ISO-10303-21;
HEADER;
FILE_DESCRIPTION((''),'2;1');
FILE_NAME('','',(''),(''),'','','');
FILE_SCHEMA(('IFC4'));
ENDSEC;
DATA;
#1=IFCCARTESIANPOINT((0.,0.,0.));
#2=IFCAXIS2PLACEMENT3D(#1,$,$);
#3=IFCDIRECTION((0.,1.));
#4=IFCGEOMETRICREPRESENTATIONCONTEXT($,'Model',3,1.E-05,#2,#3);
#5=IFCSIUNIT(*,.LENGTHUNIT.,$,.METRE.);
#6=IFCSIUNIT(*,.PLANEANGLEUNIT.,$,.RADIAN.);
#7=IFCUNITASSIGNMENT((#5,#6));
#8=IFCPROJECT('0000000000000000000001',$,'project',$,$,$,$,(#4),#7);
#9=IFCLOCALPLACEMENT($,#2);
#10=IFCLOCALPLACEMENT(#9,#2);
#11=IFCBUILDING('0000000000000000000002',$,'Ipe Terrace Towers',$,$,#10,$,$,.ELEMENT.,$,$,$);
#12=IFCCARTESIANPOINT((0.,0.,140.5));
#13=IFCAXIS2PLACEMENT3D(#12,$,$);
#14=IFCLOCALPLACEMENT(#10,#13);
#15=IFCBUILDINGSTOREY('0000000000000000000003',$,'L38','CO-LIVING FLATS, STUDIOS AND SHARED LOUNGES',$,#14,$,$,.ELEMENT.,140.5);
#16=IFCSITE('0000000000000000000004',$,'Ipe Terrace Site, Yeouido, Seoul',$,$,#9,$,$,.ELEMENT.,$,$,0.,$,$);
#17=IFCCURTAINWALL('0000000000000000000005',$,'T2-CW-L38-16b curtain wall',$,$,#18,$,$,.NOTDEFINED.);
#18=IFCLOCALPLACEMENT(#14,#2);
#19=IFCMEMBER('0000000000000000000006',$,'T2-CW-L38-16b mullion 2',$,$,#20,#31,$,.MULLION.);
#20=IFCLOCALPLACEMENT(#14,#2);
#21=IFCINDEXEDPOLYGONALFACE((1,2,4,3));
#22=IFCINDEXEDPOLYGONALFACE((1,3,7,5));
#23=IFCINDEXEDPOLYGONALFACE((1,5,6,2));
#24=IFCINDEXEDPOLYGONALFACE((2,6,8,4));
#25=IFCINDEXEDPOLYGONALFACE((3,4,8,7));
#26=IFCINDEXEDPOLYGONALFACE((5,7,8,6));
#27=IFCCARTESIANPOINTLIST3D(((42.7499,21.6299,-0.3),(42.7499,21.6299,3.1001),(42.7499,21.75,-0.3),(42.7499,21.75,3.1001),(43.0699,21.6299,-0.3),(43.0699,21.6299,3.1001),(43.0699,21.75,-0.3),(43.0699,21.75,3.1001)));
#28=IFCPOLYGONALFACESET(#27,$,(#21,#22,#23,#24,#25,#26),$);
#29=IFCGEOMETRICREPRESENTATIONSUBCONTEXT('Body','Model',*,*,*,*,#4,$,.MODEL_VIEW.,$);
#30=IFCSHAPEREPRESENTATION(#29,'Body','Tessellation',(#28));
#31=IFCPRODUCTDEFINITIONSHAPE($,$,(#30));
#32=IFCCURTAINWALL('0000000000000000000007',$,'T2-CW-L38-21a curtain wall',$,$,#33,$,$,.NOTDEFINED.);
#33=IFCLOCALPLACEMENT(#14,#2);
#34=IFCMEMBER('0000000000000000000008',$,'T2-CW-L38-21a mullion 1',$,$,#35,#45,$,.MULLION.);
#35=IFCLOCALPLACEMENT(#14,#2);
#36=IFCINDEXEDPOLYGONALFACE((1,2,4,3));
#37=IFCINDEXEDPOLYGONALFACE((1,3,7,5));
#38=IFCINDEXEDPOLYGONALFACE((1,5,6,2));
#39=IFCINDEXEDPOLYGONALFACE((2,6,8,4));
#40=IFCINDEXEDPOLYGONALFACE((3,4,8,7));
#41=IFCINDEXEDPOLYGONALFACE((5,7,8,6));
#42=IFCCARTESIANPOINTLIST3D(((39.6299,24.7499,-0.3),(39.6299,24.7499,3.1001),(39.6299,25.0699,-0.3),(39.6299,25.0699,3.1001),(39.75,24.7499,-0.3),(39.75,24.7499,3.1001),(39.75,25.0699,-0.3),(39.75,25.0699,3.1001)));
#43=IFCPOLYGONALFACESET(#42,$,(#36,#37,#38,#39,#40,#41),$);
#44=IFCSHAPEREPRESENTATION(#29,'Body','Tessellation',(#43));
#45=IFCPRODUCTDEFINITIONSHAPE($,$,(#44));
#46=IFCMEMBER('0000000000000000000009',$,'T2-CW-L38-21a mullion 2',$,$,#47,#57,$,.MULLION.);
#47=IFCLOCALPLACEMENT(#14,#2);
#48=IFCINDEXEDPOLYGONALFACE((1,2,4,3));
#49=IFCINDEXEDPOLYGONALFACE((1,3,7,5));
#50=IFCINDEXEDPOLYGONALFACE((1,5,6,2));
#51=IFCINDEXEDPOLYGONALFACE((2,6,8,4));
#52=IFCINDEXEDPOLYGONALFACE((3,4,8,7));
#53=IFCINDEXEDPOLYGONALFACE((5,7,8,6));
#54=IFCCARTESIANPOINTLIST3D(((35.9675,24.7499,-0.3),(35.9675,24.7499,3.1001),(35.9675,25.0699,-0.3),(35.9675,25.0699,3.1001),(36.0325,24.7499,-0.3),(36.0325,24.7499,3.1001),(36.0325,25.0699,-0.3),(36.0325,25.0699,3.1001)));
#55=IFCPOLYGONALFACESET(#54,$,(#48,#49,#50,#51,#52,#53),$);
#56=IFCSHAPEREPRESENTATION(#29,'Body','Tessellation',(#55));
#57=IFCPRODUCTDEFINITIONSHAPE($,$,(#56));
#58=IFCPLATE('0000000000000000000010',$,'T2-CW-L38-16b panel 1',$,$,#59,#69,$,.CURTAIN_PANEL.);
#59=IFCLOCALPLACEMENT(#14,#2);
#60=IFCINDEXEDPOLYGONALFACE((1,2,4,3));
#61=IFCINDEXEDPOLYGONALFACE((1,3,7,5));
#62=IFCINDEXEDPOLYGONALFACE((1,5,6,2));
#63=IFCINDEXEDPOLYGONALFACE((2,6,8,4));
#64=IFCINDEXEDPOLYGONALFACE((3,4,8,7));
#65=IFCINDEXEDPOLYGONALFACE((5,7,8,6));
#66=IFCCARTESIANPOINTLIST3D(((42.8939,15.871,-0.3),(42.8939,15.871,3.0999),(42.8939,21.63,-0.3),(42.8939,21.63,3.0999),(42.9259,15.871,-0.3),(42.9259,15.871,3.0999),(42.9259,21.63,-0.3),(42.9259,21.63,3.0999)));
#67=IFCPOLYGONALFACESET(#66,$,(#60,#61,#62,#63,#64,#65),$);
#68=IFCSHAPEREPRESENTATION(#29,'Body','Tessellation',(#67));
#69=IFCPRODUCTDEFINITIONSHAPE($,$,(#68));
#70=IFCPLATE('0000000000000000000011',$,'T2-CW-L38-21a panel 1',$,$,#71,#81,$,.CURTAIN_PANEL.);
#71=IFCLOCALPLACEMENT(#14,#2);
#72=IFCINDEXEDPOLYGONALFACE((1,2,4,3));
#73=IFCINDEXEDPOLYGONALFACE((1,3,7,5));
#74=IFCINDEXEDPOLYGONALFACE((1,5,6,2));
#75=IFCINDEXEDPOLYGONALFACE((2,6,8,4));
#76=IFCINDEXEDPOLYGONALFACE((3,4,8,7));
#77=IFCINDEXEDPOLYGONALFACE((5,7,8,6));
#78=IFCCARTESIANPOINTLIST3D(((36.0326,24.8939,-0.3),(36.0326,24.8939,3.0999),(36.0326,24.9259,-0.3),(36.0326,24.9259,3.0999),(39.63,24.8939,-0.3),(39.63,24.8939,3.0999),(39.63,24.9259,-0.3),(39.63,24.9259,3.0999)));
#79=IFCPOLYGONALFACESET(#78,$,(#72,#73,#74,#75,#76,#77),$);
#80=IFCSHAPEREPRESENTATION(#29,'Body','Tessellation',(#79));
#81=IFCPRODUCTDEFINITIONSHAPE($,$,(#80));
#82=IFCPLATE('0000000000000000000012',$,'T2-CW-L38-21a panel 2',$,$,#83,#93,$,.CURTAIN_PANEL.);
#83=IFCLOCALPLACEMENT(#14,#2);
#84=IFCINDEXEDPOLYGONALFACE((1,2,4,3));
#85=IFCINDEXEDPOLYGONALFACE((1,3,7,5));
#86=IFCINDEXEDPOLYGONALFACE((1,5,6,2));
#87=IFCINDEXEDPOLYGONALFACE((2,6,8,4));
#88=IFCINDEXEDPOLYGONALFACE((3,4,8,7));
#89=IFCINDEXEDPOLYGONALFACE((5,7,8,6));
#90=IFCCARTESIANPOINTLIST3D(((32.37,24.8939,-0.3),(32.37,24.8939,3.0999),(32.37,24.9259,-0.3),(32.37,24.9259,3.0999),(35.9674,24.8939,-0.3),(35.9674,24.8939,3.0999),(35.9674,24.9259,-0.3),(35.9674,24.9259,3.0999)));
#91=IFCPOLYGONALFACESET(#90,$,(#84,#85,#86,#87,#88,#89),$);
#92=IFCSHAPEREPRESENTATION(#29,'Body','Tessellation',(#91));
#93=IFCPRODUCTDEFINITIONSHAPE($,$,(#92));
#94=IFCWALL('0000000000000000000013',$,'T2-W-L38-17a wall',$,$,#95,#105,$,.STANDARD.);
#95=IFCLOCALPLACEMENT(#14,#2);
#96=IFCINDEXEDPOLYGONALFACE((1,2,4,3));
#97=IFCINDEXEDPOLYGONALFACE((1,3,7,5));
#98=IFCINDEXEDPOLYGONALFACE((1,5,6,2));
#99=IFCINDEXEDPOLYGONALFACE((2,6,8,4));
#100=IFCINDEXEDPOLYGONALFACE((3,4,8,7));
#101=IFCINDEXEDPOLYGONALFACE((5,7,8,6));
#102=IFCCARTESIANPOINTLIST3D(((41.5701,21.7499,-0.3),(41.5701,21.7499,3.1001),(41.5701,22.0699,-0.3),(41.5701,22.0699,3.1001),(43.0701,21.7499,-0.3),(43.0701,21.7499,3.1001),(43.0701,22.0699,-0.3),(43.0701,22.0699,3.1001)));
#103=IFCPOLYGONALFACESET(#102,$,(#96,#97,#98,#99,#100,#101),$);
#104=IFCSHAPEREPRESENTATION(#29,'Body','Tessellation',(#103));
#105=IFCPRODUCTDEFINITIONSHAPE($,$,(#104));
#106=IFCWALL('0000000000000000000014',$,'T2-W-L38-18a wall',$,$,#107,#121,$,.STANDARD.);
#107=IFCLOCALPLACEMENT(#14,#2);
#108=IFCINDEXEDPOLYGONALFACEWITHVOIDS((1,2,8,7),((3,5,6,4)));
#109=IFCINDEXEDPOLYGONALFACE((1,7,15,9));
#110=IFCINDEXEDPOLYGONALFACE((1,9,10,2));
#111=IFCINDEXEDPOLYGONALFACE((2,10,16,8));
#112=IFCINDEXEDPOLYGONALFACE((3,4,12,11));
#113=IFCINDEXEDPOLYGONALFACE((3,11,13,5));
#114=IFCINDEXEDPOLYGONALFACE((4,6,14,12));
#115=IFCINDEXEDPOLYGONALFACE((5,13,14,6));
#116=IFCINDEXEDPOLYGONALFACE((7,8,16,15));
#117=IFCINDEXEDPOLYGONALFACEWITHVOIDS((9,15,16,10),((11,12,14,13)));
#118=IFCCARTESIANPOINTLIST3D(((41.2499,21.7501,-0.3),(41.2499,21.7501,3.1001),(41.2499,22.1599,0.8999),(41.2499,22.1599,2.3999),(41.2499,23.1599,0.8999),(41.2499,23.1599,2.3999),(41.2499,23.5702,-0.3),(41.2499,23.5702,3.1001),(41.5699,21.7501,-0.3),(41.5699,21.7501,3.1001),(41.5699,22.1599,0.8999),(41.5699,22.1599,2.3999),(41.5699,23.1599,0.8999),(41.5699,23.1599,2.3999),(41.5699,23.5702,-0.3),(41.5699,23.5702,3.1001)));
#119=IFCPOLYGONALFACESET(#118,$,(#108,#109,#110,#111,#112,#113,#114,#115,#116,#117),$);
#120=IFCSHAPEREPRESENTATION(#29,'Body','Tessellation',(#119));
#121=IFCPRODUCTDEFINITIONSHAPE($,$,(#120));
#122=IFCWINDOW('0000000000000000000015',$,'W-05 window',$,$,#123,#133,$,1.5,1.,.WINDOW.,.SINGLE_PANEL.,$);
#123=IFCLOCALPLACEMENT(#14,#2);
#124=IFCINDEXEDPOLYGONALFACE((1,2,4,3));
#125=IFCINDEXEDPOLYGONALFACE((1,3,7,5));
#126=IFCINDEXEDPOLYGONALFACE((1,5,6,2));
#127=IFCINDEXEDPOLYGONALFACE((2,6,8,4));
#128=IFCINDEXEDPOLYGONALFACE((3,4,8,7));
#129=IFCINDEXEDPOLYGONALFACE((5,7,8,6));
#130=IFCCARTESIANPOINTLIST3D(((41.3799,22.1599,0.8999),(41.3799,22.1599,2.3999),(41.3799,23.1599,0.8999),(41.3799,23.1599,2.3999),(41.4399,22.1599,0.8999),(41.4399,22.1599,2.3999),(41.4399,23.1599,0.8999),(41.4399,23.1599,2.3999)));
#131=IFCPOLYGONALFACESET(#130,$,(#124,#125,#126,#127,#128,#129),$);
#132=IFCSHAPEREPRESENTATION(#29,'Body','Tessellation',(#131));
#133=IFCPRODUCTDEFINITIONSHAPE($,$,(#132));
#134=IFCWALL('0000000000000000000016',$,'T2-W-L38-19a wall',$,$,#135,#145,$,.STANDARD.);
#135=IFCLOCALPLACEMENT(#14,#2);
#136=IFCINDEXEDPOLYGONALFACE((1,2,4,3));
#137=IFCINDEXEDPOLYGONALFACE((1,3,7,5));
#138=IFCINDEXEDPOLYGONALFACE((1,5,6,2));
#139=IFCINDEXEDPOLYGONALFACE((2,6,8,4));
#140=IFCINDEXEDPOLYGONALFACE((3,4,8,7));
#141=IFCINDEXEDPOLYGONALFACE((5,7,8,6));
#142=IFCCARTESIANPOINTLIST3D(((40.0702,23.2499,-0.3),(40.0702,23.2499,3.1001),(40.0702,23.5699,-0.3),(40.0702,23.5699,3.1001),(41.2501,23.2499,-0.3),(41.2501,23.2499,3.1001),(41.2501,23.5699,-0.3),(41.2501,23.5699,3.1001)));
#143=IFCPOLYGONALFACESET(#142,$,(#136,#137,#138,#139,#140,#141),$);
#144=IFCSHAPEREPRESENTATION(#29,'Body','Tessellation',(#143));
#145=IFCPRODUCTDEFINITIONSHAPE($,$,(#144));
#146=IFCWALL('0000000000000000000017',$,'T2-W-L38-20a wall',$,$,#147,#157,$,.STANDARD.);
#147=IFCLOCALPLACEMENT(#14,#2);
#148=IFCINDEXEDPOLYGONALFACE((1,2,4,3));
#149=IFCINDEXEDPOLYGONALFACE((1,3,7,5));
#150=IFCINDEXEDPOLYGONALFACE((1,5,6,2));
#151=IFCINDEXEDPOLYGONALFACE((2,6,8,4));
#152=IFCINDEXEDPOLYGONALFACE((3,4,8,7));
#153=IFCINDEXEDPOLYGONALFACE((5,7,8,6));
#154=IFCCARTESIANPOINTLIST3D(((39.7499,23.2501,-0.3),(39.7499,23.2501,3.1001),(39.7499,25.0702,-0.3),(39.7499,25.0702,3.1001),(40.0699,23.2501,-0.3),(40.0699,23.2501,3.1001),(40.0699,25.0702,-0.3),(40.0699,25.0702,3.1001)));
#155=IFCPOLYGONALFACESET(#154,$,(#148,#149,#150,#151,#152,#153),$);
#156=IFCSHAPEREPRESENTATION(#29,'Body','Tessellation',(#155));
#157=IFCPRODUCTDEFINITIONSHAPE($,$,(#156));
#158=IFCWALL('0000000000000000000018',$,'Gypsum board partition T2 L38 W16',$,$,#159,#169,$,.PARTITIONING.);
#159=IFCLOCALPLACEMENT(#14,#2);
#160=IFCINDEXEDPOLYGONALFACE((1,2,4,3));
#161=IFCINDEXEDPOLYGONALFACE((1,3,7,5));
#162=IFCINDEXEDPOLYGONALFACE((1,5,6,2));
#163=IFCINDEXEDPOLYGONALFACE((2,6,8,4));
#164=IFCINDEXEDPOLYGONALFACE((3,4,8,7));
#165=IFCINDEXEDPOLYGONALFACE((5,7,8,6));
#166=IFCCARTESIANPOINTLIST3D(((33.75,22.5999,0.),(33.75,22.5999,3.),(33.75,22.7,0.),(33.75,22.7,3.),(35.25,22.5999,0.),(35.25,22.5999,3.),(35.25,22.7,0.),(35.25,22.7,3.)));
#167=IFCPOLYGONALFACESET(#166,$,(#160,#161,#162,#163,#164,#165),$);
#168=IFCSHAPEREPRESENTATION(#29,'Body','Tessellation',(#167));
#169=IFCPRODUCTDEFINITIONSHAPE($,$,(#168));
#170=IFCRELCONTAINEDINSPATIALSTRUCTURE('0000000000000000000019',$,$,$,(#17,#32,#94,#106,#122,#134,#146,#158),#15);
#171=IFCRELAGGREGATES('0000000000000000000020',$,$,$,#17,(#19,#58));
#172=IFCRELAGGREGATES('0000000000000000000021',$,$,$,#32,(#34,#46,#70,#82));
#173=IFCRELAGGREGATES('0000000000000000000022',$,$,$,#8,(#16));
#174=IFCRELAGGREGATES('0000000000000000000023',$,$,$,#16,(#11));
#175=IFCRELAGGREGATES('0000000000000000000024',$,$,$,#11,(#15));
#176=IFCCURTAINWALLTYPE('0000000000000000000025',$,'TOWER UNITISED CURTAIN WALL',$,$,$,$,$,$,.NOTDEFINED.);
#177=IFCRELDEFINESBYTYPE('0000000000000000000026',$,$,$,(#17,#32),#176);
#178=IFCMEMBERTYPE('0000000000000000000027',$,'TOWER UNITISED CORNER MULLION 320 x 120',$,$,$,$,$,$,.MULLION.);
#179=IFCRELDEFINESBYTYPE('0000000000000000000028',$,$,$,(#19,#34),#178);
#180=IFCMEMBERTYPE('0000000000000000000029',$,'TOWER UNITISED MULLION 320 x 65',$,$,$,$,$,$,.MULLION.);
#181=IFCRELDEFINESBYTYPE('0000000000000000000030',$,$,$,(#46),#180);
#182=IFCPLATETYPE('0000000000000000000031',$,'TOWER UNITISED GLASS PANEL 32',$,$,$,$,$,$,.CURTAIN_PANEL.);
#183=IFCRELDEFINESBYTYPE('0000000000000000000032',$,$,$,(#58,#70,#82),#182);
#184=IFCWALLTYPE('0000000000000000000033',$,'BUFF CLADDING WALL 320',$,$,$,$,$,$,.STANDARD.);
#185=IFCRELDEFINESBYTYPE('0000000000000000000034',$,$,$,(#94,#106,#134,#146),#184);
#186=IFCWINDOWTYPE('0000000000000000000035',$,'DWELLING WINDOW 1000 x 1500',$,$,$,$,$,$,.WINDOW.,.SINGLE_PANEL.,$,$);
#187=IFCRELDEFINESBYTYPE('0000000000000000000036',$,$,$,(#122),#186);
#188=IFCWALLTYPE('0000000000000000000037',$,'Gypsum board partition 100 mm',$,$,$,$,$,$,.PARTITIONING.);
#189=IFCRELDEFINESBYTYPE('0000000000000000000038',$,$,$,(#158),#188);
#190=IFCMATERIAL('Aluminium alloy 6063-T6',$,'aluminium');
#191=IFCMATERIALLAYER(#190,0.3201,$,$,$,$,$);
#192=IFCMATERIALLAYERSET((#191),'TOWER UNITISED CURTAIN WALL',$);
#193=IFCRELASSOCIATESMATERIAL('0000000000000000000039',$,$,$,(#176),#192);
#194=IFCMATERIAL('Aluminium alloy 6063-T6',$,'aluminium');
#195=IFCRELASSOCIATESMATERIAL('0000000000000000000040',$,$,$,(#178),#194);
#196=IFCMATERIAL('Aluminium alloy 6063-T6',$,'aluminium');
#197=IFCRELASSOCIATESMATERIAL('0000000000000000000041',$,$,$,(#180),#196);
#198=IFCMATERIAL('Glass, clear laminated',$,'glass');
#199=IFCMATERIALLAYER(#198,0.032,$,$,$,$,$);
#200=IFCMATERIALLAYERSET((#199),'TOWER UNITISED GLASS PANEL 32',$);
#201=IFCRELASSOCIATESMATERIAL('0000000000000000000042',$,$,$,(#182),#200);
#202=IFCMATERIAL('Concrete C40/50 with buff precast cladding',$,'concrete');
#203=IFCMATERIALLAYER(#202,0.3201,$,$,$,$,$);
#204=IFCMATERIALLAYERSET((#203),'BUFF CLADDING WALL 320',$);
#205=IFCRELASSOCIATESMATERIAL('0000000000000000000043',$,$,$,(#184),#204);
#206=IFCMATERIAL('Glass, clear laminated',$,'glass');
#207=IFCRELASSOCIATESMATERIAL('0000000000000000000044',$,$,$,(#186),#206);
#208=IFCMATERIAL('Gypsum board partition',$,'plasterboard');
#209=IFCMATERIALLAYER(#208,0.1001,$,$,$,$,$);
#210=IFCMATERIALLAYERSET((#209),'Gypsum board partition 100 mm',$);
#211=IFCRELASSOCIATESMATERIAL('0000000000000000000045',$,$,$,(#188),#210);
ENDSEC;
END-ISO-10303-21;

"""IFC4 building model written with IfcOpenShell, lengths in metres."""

from ifc_helpers import new_model, si_unit, direction, frame, frame_2d, origin, origin_2d, place, context, subcontext, project, spatial, rectangle, extrude, material, layer, layer_set, material_profile, profile_set, type_object, element, fill, aggregate, save


model = new_model("IFC4")

# Units and contexts
model_context = context("Model", 3, precision=1e-05, world=origin(), true_north=direction((0.0, 1.0)))
body_context = subcontext(model_context, "Body", "Model", "MODEL_VIEW")
ifc_project = project(units=[si_unit("LENGTHUNIT", "METRE"), si_unit("PLANEANGLEUNIT", "RADIAN")], contexts=[model_context])

# Site, building, storey
site_placement = place(None, origin())
site = spatial("IfcSite", under=ifc_project, at=site_placement, Name="Ipe Terrace Site, Yeouido, Seoul", CompositionType="ELEMENT", RefElevation=0.0)
building_placement = place(site_placement, origin())
building = spatial("IfcBuilding", under=site, at=building_placement, Name="Ipe Terrace Towers", CompositionType="ELEMENT")
storey_placement = place(building_placement, frame((0.0, 0.0, 140.5)))
storey = spatial("IfcBuildingStorey", under=building, at=storey_placement, Name="L38", Description="CO-LIVING FLATS, STUDIOS AND SHARED LOUNGES", CompositionType="ELEMENT", Elevation=140.5)

# Curtain walls, members
ifc_material_1 = material(Name="Aluminium alloy 6063-T6", Category="aluminium")
ifc_layer_1 = layer(ifc_material_1, 0.3201)
ifc_layer_set_1 = layer_set([ifc_layer_1], Name="TOWER UNITISED CURTAIN WALL")
curtain_wall_type = type_object("IfcCurtainWallType", Name="TOWER UNITISED CURTAIN WALL", PredefinedType="NOTDEFINED", material=ifc_layer_set_1)
curtain_wall_1_placement = place(storey_placement, origin())
curtain_wall_1 = element("IfcCurtainWall", 1, at=curtain_wall_1_placement, inside=storey, type_object=curtain_wall_type, Name="T2-CW-L38-16b curtain wall", PredefinedType="NOTDEFINED")
ifc_material_2 = material(Name="Aluminium alloy 6063-T6", Category="aluminium")
ifc_material_profile_1 = material_profile(ifc_material_2, rectangle(XDim=0.3201, YDim=0.1201, at=origin_2d()), Name="TOWER UNITISED CORNER MULLION 320 x 120")
ifc_profile_set_1 = profile_set([ifc_material_profile_1], Name="Aluminium alloy 6063-T6")
member_type_1 = type_object("IfcMemberType", Name="TOWER UNITISED CORNER MULLION 320 x 120", PredefinedType="MULLION", material=ifc_profile_set_1)
member_1_placement = place(storey_placement, frame((42.9099, 21.6899, -0.3), z_axis=(0.0, 0.0, 1.0), x_axis=(1.0, 0.0, 0.0)))
member_1 = element("IfcMember", 2, at=member_1_placement, type_object=member_type_1, Name="T2-CW-L38-16b mullion 2", PredefinedType="MULLION", context=body_context, shape_type="SweptSolid", body=[
    extrude(rectangle(XDim=0.3201, YDim=0.1201, at=origin_2d()), origin(), (0.0, 0.0, 1.0), 3.4001),
])
curtain_wall_2_placement = place(storey_placement, origin())
curtain_wall_2 = element("IfcCurtainWall", 3, at=curtain_wall_2_placement, inside=storey, type_object=curtain_wall_type, Name="T2-CW-L38-21a curtain wall", PredefinedType="NOTDEFINED")
member_2_placement = place(storey_placement, frame((39.6899, 24.9099, -0.3), z_axis=(0.0, 0.0, 1.0), x_axis=(0.0, 1.0, 0.0)))
member_2 = element("IfcMember", 4, at=member_2_placement, type_object=member_type_1, Name="T2-CW-L38-21a mullion 1", PredefinedType="MULLION", context=body_context, shape_type="SweptSolid", body=[
    extrude(rectangle(XDim=0.3201, YDim=0.1201, at=origin_2d()), origin(), (0.0, 0.0, 1.0), 3.4001),
])
ifc_material_3 = material(Name="Aluminium alloy 6063-T6", Category="aluminium")
ifc_material_profile_2 = material_profile(ifc_material_3, rectangle(XDim=0.3201, YDim=0.0649, at=origin_2d()), Name="TOWER UNITISED MULLION 320 x 65")
ifc_profile_set_2 = profile_set([ifc_material_profile_2], Name="Aluminium alloy 6063-T6")
member_type_2 = type_object("IfcMemberType", Name="TOWER UNITISED MULLION 320 x 65", PredefinedType="MULLION", material=ifc_profile_set_2)
member_3_placement = place(storey_placement, frame((36.0, 24.9099, -0.3), z_axis=(0.0, 0.0, 1.0), x_axis=(0.0, 1.0, 0.0)))
member_3 = element("IfcMember", 5, at=member_3_placement, type_object=member_type_2, Name="T2-CW-L38-21a mullion 2", PredefinedType="MULLION", context=body_context, shape_type="SweptSolid", body=[
    extrude(rectangle(XDim=0.3201, YDim=0.0649, at=origin_2d()), origin(), (0.0, 0.0, 1.0), 3.4001),
])

# Plates
ifc_material_4 = material(Name="Glass, clear laminated", Category="glass")
ifc_layer_2 = layer(ifc_material_4, 0.032)
ifc_layer_set_2 = layer_set([ifc_layer_2], Name="TOWER UNITISED GLASS PANEL 32")
plate_type = type_object("IfcPlateType", Name="TOWER UNITISED GLASS PANEL 32", PredefinedType="CURTAIN_PANEL", material=ifc_layer_set_2)
plate_1_placement = place(storey_placement, frame((42.9099, 18.7505, -0.3), z_axis=(0.0, 0.0, 1.0), x_axis=(0.0, 1.0, 0.0)))
plate_1 = element("IfcPlate", 6, at=plate_1_placement, type_object=plate_type, Name="T2-CW-L38-16b panel 1", PredefinedType="CURTAIN_PANEL", context=body_context, shape_type="SweptSolid", body=[
    extrude(rectangle(XDim=5.759, YDim=0.032, at=origin_2d()), origin(), (0.0, 0.0, 1.0), 3.3999),
])
aggregate(curtain_wall_1, [member_1, plate_1])
plate_2_placement = place(storey_placement, frame((37.8313, 24.9099, -0.3), z_axis=(0.0, 0.0, 1.0), x_axis=(-1.0, 0.0, 0.0)))
plate_2 = element("IfcPlate", 7, at=plate_2_placement, type_object=plate_type, Name="T2-CW-L38-21a panel 1", PredefinedType="CURTAIN_PANEL", context=body_context, shape_type="SweptSolid", body=[
    extrude(rectangle(XDim=3.5974, YDim=0.032, at=origin_2d()), origin(), (0.0, 0.0, 1.0), 3.3999),
])
plate_3_placement = place(storey_placement, frame((34.1687, 24.9099, -0.3), z_axis=(0.0, 0.0, 1.0), x_axis=(-1.0, 0.0, 0.0)))
plate_3 = element("IfcPlate", 8, at=plate_3_placement, type_object=plate_type, Name="T2-CW-L38-21a panel 2", PredefinedType="CURTAIN_PANEL", context=body_context, shape_type="SweptSolid", body=[
    extrude(rectangle(XDim=3.5974, YDim=0.032, at=origin_2d()), origin(), (0.0, 0.0, 1.0), 3.3999),
])
aggregate(curtain_wall_2, [member_2, member_3, plate_2, plate_3])

# Wall
ifc_material_5 = material(Name="Concrete C40/50 with buff precast cladding", Category="concrete")
ifc_layer_3 = layer(ifc_material_5, 0.3201)
ifc_layer_set_3 = layer_set([ifc_layer_3], Name="BUFF CLADDING WALL 320")
wall_type_1 = type_object("IfcWallType", Name="BUFF CLADDING WALL 320", PredefinedType="STANDARD", material=ifc_layer_set_3)
wall_1_placement = place(storey_placement, frame((43.0701, 21.9099, -0.3), z_axis=(0.0, 0.0, 1.0), x_axis=(-1.0, 0.0, 0.0)))
element("IfcWall", 9, at=wall_1_placement, inside=storey, type_object=wall_type_1, Name="T2-W-L38-17a wall", PredefinedType="STANDARD", context=body_context, shape_type="SweptSolid", body=[
    extrude(rectangle(XDim=1.5, YDim=0.3201, at=frame_2d((0.75, 0.0))), origin(), (0.0, 0.0, 1.0), 3.4001),
])

# Wall, opening, window
wall_2_placement = place(storey_placement, frame((41.4099, 21.75, -0.3), z_axis=(0.0, 0.0, 1.0), x_axis=(0.0, 1.0, 0.0)))
wall_2 = element("IfcWall", 10, at=wall_2_placement, inside=storey, type_object=wall_type_1, Name="T2-W-L38-18a wall", PredefinedType="STANDARD", context=body_context, shape_type="SweptSolid", body=[
    extrude(rectangle(XDim=1.8201, YDim=0.3201, at=frame_2d((0.9102, 0.0))), origin(), (0.0, 0.0, 1.0), 3.4001),
])
opening_1_placement = place(wall_2_placement, frame((0.4099, 0.0, 1.2)))
opening_1 = element("IfcOpeningElement", 11, at=opening_1_placement, cuts=wall_2, PredefinedType="OPENING", context=body_context, shape_type="SweptSolid", body=[
    extrude(rectangle(XDim=1.0, YDim=1.5, at=frame_2d((0.5, 0.75))), frame((0.0, 0.1699, 0.0), z_axis=(0.0, -1.0, 0.0), x_axis=(1.0, 0.0, 0.0)), (0.0, 0.0, 1.0), 0.3401),
])
ifc_material_6 = material(Name="Glass, clear laminated", Category="glass")
window_type = type_object("IfcWindowType", Name="DWELLING WINDOW 1000 x 1500", PartitioningType="SINGLE_PANEL", PredefinedType="WINDOW", material=ifc_material_6)
window_placement = place(opening_1_placement, origin())
window = element("IfcWindow", 12, at=window_placement, inside=storey, type_object=window_type, Name="W-05 window", OverallHeight=1.5, OverallWidth=1.0, PartitioningType="SINGLE_PANEL", PredefinedType="WINDOW", context=body_context, shape_type="SweptSolid", body=[
    extrude(rectangle(XDim=1.0, YDim=1.5, at=frame_2d((0.5, 0.75))), frame((0.0, 0.03, 0.0), z_axis=(0.0, -1.0, 0.0), x_axis=(1.0, 0.0, 0.0)), (0.0, 0.0, 1.0), 0.0601),
])
fill(opening_1, window)

# Walls
wall_3_placement = place(storey_placement, frame((41.25, 23.4099, -0.3), z_axis=(0.0, 0.0, 1.0), x_axis=(-1.0, 0.0, 0.0)))
element("IfcWall", 13, at=wall_3_placement, inside=storey, type_object=wall_type_1, Name="T2-W-L38-19a wall", PredefinedType="STANDARD", context=body_context, shape_type="SweptSolid", body=[
    extrude(rectangle(XDim=1.1799, YDim=0.3201, at=frame_2d((0.5898, 0.0))), origin(), (0.0, 0.0, 1.0), 3.4001),
])
wall_4_placement = place(storey_placement, frame((39.9099, 23.25, -0.3), z_axis=(0.0, 0.0, 1.0), x_axis=(0.0, 1.0, 0.0)))
element("IfcWall", 14, at=wall_4_placement, inside=storey, type_object=wall_type_1, Name="T2-W-L38-20a wall", PredefinedType="STANDARD", context=body_context, shape_type="SweptSolid", body=[
    extrude(rectangle(XDim=1.8201, YDim=0.3201, at=frame_2d((0.9102, 0.0))), origin(), (0.0, 0.0, 1.0), 3.4001),
])
ifc_material_7 = material(Name="Gypsum board partition", Category="plasterboard")
ifc_layer_4 = layer(ifc_material_7, 0.1001)
ifc_layer_set_4 = layer_set([ifc_layer_4], Name="Gypsum board partition 100 mm")
wall_type_2 = type_object("IfcWallType", Name="Gypsum board partition 100 mm", PredefinedType="PARTITIONING", material=ifc_layer_set_4)
wall_5_placement = place(storey_placement, frame((35.25, 22.6499, 0.0), z_axis=(0.0, 0.0, 1.0), x_axis=(-1.0, 0.0, 0.0)))
element("IfcWall", 15, at=wall_5_placement, inside=storey, type_object=wall_type_2, Name="Gypsum board partition T2 L38 W16", PredefinedType="PARTITIONING", context=body_context, shape_type="SweptSolid", body=[
    extrude(rectangle(XDim=1.5, YDim=0.1001, at=frame_2d((0.75, 0.0))), origin(), (0.0, 0.0, 1.0), 3.0),
])

save(model, "model.ifc")
